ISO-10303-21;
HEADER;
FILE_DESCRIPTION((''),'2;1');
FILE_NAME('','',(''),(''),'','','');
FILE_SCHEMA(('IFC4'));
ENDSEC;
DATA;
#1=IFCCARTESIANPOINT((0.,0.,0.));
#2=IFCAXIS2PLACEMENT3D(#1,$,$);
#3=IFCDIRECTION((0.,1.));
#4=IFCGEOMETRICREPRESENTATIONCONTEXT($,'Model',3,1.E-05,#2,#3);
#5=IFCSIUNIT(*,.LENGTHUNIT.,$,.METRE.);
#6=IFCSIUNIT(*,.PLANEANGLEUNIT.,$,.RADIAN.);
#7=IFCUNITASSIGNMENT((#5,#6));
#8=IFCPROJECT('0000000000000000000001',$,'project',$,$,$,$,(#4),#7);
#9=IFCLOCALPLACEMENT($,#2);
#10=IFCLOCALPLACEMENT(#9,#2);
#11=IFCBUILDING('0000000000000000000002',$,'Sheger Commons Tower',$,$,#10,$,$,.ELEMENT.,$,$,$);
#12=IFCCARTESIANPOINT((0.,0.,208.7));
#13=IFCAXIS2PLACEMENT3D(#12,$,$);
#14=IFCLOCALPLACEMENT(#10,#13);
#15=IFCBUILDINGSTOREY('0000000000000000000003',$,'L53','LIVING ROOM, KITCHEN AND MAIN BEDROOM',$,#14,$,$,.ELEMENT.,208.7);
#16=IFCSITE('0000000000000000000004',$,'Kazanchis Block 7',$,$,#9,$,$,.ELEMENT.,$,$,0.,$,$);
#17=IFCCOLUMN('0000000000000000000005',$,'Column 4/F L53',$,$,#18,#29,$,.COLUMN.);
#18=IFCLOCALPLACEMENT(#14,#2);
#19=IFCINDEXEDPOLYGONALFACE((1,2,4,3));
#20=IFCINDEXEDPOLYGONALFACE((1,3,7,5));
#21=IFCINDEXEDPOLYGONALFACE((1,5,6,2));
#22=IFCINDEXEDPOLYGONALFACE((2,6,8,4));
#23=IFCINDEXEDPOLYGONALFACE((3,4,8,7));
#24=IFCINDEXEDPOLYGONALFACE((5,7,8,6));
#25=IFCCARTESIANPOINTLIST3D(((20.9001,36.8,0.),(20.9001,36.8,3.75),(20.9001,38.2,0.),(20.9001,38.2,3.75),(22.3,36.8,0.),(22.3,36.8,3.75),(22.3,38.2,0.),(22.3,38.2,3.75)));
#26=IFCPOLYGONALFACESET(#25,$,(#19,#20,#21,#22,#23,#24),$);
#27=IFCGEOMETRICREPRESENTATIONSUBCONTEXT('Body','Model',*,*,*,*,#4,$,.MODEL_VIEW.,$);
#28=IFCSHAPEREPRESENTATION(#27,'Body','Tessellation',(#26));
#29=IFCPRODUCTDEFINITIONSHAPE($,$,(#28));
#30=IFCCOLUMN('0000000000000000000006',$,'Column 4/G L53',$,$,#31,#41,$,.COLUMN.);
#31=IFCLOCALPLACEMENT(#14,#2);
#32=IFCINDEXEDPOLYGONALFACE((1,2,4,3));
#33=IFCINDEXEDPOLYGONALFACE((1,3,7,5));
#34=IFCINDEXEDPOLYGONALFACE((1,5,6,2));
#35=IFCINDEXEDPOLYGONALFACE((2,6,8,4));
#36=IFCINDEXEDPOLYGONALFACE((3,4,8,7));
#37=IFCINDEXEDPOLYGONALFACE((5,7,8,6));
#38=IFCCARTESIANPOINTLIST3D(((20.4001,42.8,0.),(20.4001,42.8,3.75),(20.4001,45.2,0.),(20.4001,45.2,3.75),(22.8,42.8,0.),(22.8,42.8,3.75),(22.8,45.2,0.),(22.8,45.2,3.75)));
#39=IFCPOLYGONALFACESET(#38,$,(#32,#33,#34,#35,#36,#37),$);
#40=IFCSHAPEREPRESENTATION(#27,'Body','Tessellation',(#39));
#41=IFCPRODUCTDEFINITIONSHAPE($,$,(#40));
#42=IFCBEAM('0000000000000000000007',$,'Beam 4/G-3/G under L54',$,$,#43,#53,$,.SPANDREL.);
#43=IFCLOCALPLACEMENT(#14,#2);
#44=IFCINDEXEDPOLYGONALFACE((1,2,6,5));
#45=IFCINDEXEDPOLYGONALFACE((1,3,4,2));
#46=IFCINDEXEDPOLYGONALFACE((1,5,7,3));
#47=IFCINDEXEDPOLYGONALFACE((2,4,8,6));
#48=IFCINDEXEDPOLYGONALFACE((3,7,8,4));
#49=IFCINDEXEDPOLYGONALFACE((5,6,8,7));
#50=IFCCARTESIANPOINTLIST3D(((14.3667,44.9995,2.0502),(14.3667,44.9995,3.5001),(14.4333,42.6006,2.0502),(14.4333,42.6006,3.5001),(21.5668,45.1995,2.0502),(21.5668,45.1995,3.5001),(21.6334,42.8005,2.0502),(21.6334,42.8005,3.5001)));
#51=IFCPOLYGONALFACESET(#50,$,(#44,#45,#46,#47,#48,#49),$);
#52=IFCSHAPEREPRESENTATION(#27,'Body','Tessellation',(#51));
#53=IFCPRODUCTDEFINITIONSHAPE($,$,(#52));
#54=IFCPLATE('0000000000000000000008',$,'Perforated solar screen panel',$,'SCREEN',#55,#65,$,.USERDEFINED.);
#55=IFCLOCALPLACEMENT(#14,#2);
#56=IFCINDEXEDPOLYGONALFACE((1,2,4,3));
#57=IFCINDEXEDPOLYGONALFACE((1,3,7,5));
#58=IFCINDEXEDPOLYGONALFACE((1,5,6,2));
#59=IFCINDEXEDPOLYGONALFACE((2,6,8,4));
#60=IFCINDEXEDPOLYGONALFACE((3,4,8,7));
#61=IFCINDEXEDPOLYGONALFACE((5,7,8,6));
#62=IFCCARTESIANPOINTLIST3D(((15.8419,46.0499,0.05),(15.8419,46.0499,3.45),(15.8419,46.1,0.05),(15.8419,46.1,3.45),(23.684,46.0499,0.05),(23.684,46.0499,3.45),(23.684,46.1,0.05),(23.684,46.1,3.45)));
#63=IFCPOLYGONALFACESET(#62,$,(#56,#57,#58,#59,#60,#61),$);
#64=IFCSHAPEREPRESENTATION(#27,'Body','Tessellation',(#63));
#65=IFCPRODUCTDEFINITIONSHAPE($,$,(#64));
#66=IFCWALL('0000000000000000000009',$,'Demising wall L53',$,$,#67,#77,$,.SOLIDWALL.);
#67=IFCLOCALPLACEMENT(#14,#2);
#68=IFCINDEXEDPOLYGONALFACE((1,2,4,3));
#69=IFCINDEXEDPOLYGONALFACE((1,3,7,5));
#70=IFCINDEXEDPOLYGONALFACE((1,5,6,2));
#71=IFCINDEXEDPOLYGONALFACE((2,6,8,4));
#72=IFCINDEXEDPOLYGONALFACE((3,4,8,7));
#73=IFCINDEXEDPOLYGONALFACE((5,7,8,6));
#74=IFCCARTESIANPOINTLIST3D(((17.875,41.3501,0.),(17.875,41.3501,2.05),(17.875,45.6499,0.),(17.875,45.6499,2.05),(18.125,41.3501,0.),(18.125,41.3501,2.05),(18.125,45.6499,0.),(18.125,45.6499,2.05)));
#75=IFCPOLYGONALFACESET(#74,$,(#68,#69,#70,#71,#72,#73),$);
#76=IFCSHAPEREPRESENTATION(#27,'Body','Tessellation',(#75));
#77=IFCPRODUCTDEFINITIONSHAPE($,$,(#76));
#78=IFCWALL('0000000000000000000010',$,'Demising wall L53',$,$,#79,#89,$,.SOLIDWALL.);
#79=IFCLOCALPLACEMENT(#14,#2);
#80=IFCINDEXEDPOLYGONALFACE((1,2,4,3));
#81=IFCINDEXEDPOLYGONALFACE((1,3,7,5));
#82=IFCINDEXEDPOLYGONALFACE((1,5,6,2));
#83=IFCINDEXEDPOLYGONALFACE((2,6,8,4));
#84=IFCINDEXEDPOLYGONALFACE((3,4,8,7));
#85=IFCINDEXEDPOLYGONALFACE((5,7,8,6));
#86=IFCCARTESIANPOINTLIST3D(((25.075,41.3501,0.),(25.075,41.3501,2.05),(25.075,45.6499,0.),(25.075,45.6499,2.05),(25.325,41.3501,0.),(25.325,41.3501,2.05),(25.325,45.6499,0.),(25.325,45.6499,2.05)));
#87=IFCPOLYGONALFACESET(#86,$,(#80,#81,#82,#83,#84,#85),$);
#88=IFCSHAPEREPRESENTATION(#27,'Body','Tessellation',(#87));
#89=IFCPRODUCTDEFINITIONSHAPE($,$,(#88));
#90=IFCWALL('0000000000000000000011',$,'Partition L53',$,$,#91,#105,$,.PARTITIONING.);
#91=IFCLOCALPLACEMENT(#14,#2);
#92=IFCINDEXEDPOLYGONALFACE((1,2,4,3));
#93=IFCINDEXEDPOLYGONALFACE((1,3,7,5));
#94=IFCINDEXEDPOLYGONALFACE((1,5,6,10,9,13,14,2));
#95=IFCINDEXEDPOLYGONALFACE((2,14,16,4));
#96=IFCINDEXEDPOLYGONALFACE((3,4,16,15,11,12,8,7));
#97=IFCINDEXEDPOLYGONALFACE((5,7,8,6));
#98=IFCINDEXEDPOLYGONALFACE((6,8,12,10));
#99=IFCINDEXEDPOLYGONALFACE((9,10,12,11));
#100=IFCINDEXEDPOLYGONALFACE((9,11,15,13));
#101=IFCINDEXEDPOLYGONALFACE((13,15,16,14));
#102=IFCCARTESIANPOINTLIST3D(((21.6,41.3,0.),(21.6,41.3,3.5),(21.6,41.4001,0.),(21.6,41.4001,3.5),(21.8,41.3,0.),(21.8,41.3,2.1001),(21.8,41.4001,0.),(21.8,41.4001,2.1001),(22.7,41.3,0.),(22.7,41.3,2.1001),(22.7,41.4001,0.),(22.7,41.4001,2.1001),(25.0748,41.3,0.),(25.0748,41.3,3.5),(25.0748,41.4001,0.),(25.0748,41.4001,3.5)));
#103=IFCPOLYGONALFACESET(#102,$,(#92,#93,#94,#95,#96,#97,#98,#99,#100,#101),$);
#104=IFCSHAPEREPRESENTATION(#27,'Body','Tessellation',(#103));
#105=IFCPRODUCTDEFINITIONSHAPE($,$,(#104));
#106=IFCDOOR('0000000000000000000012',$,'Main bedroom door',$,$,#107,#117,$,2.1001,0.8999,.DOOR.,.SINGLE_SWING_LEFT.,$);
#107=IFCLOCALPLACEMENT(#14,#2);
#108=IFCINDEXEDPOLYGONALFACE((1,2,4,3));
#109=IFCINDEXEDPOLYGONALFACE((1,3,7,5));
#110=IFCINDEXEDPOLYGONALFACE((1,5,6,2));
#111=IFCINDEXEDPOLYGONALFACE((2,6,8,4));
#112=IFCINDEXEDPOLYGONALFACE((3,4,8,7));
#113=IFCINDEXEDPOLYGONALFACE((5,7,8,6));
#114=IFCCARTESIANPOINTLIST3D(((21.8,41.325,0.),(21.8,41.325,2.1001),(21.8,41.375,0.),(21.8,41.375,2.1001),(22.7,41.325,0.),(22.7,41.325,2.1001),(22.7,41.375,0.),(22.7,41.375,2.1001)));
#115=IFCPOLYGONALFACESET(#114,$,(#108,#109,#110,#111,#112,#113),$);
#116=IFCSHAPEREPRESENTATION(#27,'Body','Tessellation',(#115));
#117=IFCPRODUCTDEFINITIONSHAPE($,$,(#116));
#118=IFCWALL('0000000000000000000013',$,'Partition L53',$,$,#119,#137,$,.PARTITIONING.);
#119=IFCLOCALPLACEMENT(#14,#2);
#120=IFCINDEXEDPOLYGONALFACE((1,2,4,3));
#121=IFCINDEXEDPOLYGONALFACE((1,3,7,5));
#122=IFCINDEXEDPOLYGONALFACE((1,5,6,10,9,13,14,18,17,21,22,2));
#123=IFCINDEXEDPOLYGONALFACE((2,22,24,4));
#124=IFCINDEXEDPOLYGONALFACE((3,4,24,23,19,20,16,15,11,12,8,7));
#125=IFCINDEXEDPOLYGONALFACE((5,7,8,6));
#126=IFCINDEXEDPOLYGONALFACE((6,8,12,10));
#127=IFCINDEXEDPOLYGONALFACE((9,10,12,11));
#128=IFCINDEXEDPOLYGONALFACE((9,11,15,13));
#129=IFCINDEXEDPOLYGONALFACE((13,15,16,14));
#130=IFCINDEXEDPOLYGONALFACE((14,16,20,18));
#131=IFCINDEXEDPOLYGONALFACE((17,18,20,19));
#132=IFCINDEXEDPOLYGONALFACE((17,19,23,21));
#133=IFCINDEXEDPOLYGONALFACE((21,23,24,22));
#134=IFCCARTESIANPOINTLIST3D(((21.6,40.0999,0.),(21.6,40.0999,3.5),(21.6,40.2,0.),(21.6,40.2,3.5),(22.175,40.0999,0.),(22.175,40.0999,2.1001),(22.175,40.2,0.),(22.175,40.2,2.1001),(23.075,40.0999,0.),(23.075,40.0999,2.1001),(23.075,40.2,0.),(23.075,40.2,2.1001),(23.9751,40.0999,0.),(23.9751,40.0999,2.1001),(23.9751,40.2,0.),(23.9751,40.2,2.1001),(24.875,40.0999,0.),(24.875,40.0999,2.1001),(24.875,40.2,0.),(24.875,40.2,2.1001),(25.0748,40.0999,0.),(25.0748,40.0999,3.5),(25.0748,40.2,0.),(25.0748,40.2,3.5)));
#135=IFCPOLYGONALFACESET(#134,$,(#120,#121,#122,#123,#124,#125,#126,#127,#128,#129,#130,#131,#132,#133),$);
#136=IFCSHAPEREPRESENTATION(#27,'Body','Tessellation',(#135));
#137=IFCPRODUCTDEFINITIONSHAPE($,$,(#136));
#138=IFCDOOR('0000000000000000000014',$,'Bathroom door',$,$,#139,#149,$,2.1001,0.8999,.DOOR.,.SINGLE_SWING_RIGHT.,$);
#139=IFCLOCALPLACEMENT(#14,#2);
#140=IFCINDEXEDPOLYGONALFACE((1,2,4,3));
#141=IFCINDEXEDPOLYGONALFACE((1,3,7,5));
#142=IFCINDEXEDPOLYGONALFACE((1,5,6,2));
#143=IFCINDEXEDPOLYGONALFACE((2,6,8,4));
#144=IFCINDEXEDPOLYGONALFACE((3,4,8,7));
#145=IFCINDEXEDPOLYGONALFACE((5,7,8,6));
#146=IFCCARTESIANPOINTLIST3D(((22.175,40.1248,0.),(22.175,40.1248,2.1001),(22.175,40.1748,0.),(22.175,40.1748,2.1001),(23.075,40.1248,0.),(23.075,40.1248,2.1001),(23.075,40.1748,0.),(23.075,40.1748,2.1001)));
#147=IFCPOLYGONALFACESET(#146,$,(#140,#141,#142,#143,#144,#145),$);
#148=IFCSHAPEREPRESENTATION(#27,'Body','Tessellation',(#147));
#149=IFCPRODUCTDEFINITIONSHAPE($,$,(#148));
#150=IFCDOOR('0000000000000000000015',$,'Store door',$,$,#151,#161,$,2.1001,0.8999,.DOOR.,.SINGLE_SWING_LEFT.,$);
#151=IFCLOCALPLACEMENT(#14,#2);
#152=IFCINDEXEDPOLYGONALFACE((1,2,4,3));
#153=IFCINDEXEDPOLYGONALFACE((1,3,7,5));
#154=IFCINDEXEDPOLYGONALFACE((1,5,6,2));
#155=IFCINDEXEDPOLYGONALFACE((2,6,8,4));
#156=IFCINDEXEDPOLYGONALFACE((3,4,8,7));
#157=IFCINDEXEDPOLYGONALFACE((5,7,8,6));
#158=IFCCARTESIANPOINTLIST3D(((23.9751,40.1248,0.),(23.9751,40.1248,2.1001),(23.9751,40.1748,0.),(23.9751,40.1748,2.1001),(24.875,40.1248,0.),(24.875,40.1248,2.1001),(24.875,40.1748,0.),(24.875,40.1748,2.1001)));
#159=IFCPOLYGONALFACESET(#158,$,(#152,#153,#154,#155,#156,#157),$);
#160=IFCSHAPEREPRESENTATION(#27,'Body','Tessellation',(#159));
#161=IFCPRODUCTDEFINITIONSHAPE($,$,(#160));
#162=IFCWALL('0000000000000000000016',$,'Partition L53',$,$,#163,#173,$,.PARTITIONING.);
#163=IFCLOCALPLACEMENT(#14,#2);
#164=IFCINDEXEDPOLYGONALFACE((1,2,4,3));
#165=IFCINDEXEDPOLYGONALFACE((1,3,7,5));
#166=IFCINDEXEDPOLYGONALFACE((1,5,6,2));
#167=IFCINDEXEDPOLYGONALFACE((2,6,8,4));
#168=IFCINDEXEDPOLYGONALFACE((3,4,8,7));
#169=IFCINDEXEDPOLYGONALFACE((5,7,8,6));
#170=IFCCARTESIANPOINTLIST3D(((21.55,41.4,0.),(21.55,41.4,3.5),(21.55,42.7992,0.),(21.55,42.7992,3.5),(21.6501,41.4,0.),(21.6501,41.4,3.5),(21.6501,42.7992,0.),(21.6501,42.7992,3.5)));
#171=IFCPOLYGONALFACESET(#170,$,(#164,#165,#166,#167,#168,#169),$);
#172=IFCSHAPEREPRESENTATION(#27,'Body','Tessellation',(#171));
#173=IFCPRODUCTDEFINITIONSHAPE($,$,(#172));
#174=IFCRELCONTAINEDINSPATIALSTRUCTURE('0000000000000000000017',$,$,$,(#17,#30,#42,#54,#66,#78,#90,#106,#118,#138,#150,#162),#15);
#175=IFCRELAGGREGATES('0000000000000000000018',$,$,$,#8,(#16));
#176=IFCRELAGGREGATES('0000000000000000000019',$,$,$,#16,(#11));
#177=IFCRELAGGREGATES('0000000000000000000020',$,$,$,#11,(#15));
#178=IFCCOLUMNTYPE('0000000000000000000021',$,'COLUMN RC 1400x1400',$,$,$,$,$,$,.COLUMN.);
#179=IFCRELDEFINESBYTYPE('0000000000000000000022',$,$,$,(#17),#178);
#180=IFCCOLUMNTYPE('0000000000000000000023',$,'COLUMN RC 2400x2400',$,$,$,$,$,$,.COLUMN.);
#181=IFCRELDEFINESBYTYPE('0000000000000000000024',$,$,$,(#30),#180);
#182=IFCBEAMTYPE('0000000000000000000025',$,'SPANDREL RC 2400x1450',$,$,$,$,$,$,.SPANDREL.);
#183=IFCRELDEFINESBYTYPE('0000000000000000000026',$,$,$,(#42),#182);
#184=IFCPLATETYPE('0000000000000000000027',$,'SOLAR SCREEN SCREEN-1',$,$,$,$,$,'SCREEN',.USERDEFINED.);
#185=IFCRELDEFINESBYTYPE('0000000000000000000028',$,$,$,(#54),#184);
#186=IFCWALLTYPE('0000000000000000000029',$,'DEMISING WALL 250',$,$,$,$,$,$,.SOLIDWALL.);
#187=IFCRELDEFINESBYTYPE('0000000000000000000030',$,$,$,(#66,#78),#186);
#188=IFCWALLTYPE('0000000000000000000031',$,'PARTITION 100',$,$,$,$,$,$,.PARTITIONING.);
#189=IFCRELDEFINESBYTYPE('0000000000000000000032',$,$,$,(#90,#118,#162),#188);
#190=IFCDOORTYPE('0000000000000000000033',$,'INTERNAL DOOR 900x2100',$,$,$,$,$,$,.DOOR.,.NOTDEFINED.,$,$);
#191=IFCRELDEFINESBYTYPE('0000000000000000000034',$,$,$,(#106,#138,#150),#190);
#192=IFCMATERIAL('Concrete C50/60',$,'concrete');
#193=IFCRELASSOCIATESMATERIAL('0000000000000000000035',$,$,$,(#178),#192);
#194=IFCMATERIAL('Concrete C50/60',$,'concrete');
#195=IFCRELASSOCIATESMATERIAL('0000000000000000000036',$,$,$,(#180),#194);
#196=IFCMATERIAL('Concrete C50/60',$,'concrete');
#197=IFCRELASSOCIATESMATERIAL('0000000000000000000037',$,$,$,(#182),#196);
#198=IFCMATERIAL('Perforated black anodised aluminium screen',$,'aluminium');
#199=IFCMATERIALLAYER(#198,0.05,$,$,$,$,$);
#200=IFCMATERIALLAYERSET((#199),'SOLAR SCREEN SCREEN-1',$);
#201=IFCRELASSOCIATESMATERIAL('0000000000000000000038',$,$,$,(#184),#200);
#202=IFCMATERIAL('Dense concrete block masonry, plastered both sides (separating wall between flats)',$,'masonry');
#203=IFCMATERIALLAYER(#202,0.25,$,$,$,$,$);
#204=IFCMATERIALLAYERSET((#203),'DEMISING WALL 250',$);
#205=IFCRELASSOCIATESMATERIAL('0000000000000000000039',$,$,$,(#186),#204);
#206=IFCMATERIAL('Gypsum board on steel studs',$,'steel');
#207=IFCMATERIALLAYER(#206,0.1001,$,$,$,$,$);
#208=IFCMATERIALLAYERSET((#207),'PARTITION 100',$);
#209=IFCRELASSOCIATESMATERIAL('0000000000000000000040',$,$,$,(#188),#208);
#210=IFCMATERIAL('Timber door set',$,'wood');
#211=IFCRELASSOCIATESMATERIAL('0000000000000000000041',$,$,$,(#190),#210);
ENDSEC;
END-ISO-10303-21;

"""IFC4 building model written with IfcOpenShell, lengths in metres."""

from ifc_helpers import new_model, si_unit, direction, frame, frame_2d, origin, origin_2d, place, context, subcontext, project, spatial, rectangle, extrude, material, layer, layer_set, material_profile, profile_set, type_object, element, fill, save


model = new_model("IFC4")

# Units and contexts
model_context = context("Model", 3, precision=1e-05, world=origin(), true_north=direction((0.0, 1.0)))
body_context = subcontext(model_context, "Body", "Model", "MODEL_VIEW")
ifc_project = project(units=[si_unit("LENGTHUNIT", "METRE"), si_unit("PLANEANGLEUNIT", "RADIAN")], contexts=[model_context])

# Site, building, storey
site_placement = place(None, origin())
site = spatial("IfcSite", under=ifc_project, at=site_placement, Name="Kazanchis Block 7", CompositionType="ELEMENT", RefElevation=0.0)
building_placement = place(site_placement, origin())
building = spatial("IfcBuilding", under=site, at=building_placement, Name="Sheger Commons Tower", CompositionType="ELEMENT")
storey_placement = place(building_placement, frame((0.0, 0.0, 208.7)))
storey = spatial("IfcBuildingStorey", under=building, at=storey_placement, Name="L53", Description="LIVING ROOM, KITCHEN AND MAIN BEDROOM", CompositionType="ELEMENT", Elevation=208.7)

# Columns
ifc_material_1 = material(Name="Concrete C50/60", Category="concrete")
ifc_material_profile_1 = material_profile(ifc_material_1, rectangle(XDim=1.3999, YDim=1.3999, at=origin_2d()), Name="RC 1400x1400")
ifc_profile_set_1 = profile_set([ifc_material_profile_1], Name="Concrete C50/60")
column_type_1 = type_object("IfcColumnType", Name="COLUMN RC 1400x1400", PredefinedType="COLUMN", material=ifc_profile_set_1)
column_1_placement = place(storey_placement, frame((21.6001, 37.5, 0.0), z_axis=(0.0, 0.0, 1.0), x_axis=(1.0, 0.0, 0.0)))
element("IfcColumn", 1, at=column_1_placement, inside=storey, type_object=column_type_1, Name="Column 4/F L53", PredefinedType="COLUMN", context=body_context, shape_type="SweptSolid", body=[
    extrude(rectangle(XDim=1.3999, YDim=1.3999, at=origin_2d()), origin(), (0.0, 0.0, 1.0), 3.75),
])
ifc_material_2 = material(Name="Concrete C50/60", Category="concrete")
ifc_material_profile_2 = material_profile(ifc_material_2, rectangle(XDim=2.3999, YDim=2.3999, at=origin_2d()), Name="RC 2400x2400")
ifc_profile_set_2 = profile_set([ifc_material_profile_2], Name="Concrete C50/60")
column_type_2 = type_object("IfcColumnType", Name="COLUMN RC 2400x2400", PredefinedType="COLUMN", material=ifc_profile_set_2)
column_2_placement = place(storey_placement, frame((21.6001, 44.0, 0.0), z_axis=(0.0, 0.0, 1.0), x_axis=(1.0, 0.0, 0.0)))
element("IfcColumn", 2, at=column_2_placement, inside=storey, type_object=column_type_2, Name="Column 4/G L53", PredefinedType="COLUMN", context=body_context, shape_type="SweptSolid", body=[
    extrude(rectangle(XDim=2.3999, YDim=2.3999, at=origin_2d()), origin(), (0.0, 0.0, 1.0), 3.75),
])

# Beam
ifc_material_3 = material(Name="Concrete C50/60", Category="concrete")
ifc_material_profile_3 = material_profile(ifc_material_3, rectangle(XDim=2.3999, YDim=1.45, at=origin_2d()), Name="RC 2400x1450")
ifc_profile_set_3 = profile_set([ifc_material_profile_3], Name="Concrete C50/60")
beam_type = type_object("IfcBeamType", Name="SPANDREL RC 2400x1450", PredefinedType="SPANDREL", material=ifc_profile_set_3)
beam_placement = place(storey_placement, frame((21.6001, 44.0, 2.7751), z_axis=(-0.999615, -0.02776, 0.0), x_axis=(0.02776, -0.999615, 0.0)))
element("IfcBeam", 3, at=beam_placement, inside=storey, type_object=beam_type, Name="Beam 4/G-3/G under L54", PredefinedType="SPANDREL", context=body_context, shape_type="SweptSolid", body=[
    extrude(rectangle(XDim=2.3999, YDim=1.45, at=origin_2d()), origin(), (0.0, 0.0, 1.0), 7.2029),
])

# Plate
ifc_material_4 = material(Name="Perforated black anodised aluminium screen", Category="aluminium")
ifc_layer_1 = layer(ifc_material_4, 0.05)
ifc_layer_set_1 = layer_set([ifc_layer_1], Name="SOLAR SCREEN SCREEN-1")
plate_type = type_object("IfcPlateType", Name="SOLAR SCREEN SCREEN-1", ElementType="SCREEN", PredefinedType="USERDEFINED", material=ifc_layer_set_1)
plate_placement = place(storey_placement, frame((19.7629, 46.075, 0.05), z_axis=(0.0, 0.0, 1.0), x_axis=(-1.0, 0.0, 0.0)))
element("IfcPlate", 4, at=plate_placement, inside=storey, type_object=plate_type, Name="Perforated solar screen panel", ObjectType="SCREEN", PredefinedType="USERDEFINED", context=body_context, shape_type="SweptSolid", body=[
    extrude(rectangle(XDim=7.842, YDim=0.05, at=origin_2d()), origin(), (0.0, 0.0, 1.0), 3.3999),
])

# Walls
ifc_material_5 = material(Name="Dense concrete block masonry, plastered both sides (separating wall between flats)", Category="masonry")
ifc_layer_2 = layer(ifc_material_5, 0.25)
ifc_layer_set_2 = layer_set([ifc_layer_2], Name="DEMISING WALL 250")
wall_type_1 = type_object("IfcWallType", Name="DEMISING WALL 250", PredefinedType="SOLIDWALL", material=ifc_layer_set_2)
for number, where, z_axis, x_axis, name in (
    (5, (18.0, 41.3501, 0.0), (0.0, 0.0, 1.0), (0.0, 1.0, 0.0), "Demising wall L53"),
    (6, (25.2, 41.3501, 0.0), (0.0, 0.0, 1.0), (0.0, 1.0, 0.0), "Demising wall L53"),
):
    element("IfcWall", number, at=place(storey_placement, frame(where, z_axis=z_axis, x_axis=x_axis)), inside=storey, type_object=wall_type_1, Name=name, PredefinedType="SOLIDWALL", context=body_context, shape_type="SweptSolid", body=[
        extrude(rectangle(XDim=4.2998, YDim=0.25, at=frame_2d((2.1499, 0.0))), origin(), (0.0, 0.0, 1.0), 2.05),
    ])

# Wall, opening, door
ifc_material_6 = material(Name="Gypsum board on steel studs", Category="steel")
ifc_layer_3 = layer(ifc_material_6, 0.1001)
ifc_layer_set_3 = layer_set([ifc_layer_3], Name="PARTITION 100")
wall_type_2 = type_object("IfcWallType", Name="PARTITION 100", PredefinedType="PARTITIONING", material=ifc_layer_set_3)
wall_1_placement = place(storey_placement, frame((21.6001, 41.3501, 0.0), z_axis=(0.0, 0.0, 1.0), x_axis=(1.0, 0.0, 0.0)))
wall_1 = element("IfcWall", 7, at=wall_1_placement, inside=storey, type_object=wall_type_2, Name="Partition L53", PredefinedType="PARTITIONING", context=body_context, shape_type="SweptSolid", body=[
    extrude(rectangle(XDim=3.4749, YDim=0.1001, at=frame_2d((1.7373, 0.0))), origin(), (0.0, 0.0, 1.0), 3.5),
])
opening_1_placement = place(wall_1_placement, frame((0.2, 0.0, 0.0)))
opening_1 = element("IfcOpeningElement", 8, at=opening_1_placement, cuts=wall_1, PredefinedType="OPENING", context=body_context, shape_type="SweptSolid", body=[
    extrude(rectangle(XDim=0.8999, YDim=2.1001, at=frame_2d((0.45, 1.05))), frame((0.0, 0.0601, 0.0), z_axis=(0.0, -1.0, 0.0), x_axis=(1.0, 0.0, 0.0)), (0.0, 0.0, 1.0), 0.1201),
])
ifc_material_7 = material(Name="Timber door set", Category="wood")
door_type = type_object("IfcDoorType", Name="INTERNAL DOOR 900x2100", OperationType="NOTDEFINED", PredefinedType="DOOR", material=ifc_material_7)
door_1_placement = place(opening_1_placement, origin())
door_1 = element("IfcDoor", 9, at=door_1_placement, inside=storey, type_object=door_type, Name="Main bedroom door", OperationType="SINGLE_SWING_LEFT", OverallHeight=2.1001, OverallWidth=0.8999, PredefinedType="DOOR", context=body_context, shape_type="SweptSolid", body=[
    extrude(rectangle(XDim=0.8999, YDim=2.1001, at=frame_2d((0.45, 1.05))), frame((0.0, 0.0249, 0.0), z_axis=(0.0, -1.0, 0.0), x_axis=(1.0, 0.0, 0.0)), (0.0, 0.0, 1.0), 0.05),
])
fill(opening_1, door_1)

# Wall, openings, doors
wall_2_placement = place(storey_placement, frame((21.6001, 40.1499, 0.0), z_axis=(0.0, 0.0, 1.0), x_axis=(1.0, 0.0, 0.0)))
wall_2 = element("IfcWall", 10, at=wall_2_placement, inside=storey, type_object=wall_type_2, Name="Partition L53", PredefinedType="PARTITIONING", context=body_context, shape_type="SweptSolid", body=[
    extrude(rectangle(XDim=3.4749, YDim=0.1001, at=frame_2d((1.7373, 0.0))), origin(), (0.0, 0.0, 1.0), 3.5),
])
opening_2_placement = place(wall_2_placement, frame((0.575, 0.0, 0.0)))
opening_2 = element("IfcOpeningElement", 11, at=opening_2_placement, cuts=wall_2, PredefinedType="OPENING", context=body_context, shape_type="SweptSolid", body=[
    extrude(rectangle(XDim=0.8999, YDim=2.1001, at=frame_2d((0.45, 1.05))), frame((0.0, 0.0601, 0.0), z_axis=(0.0, -1.0, 0.0), x_axis=(1.0, 0.0, 0.0)), (0.0, 0.0, 1.0), 0.1201),
])
opening_3_placement = place(wall_2_placement, frame((2.375, 0.0, 0.0)))
opening_3 = element("IfcOpeningElement", 12, at=opening_3_placement, cuts=wall_2, PredefinedType="OPENING", context=body_context, shape_type="SweptSolid", body=[
    extrude(rectangle(XDim=0.8999, YDim=2.1001, at=frame_2d((0.45, 1.05))), frame((0.0, 0.0601, 0.0), z_axis=(0.0, -1.0, 0.0), x_axis=(1.0, 0.0, 0.0)), (0.0, 0.0, 1.0), 0.1201),
])
door_2_placement = place(opening_2_placement, origin())
door_2 = element("IfcDoor", 13, at=door_2_placement, inside=storey, type_object=door_type, Name="Bathroom door", OperationType="SINGLE_SWING_RIGHT", OverallHeight=2.1001, OverallWidth=0.8999, PredefinedType="DOOR", context=body_context, shape_type="SweptSolid", body=[
    extrude(rectangle(XDim=0.8999, YDim=2.1001, at=frame_2d((0.45, 1.05))), frame((0.0, 0.0249, 0.0), z_axis=(0.0, -1.0, 0.0), x_axis=(1.0, 0.0, 0.0)), (0.0, 0.0, 1.0), 0.05),
])
fill(opening_2, door_2)
door_3_placement = place(opening_3_placement, origin())
door_3 = element("IfcDoor", 14, at=door_3_placement, inside=storey, type_object=door_type, Name="Store door", OperationType="SINGLE_SWING_LEFT", OverallHeight=2.1001, OverallWidth=0.8999, PredefinedType="DOOR", context=body_context, shape_type="SweptSolid", body=[
    extrude(rectangle(XDim=0.8999, YDim=2.1001, at=frame_2d((0.45, 1.05))), frame((0.0, 0.0249, 0.0), z_axis=(0.0, -1.0, 0.0), x_axis=(1.0, 0.0, 0.0)), (0.0, 0.0, 1.0), 0.05),
])
fill(opening_3, door_3)

# Wall
wall_3_placement = place(storey_placement, frame((21.6001, 41.3999, 0.0), z_axis=(0.0, 0.0, 1.0), x_axis=(0.0, 1.0, 0.0)))
element("IfcWall", 15, at=wall_3_placement, inside=storey, type_object=wall_type_2, Name="Partition L53", PredefinedType="PARTITIONING", context=body_context, shape_type="SweptSolid", body=[
    extrude(rectangle(XDim=1.3992, YDim=0.1001, at=frame_2d((0.6997, 0.0))), origin(), (0.0, 0.0, 1.0), 3.5),
])

save(model, "model.ifc")
